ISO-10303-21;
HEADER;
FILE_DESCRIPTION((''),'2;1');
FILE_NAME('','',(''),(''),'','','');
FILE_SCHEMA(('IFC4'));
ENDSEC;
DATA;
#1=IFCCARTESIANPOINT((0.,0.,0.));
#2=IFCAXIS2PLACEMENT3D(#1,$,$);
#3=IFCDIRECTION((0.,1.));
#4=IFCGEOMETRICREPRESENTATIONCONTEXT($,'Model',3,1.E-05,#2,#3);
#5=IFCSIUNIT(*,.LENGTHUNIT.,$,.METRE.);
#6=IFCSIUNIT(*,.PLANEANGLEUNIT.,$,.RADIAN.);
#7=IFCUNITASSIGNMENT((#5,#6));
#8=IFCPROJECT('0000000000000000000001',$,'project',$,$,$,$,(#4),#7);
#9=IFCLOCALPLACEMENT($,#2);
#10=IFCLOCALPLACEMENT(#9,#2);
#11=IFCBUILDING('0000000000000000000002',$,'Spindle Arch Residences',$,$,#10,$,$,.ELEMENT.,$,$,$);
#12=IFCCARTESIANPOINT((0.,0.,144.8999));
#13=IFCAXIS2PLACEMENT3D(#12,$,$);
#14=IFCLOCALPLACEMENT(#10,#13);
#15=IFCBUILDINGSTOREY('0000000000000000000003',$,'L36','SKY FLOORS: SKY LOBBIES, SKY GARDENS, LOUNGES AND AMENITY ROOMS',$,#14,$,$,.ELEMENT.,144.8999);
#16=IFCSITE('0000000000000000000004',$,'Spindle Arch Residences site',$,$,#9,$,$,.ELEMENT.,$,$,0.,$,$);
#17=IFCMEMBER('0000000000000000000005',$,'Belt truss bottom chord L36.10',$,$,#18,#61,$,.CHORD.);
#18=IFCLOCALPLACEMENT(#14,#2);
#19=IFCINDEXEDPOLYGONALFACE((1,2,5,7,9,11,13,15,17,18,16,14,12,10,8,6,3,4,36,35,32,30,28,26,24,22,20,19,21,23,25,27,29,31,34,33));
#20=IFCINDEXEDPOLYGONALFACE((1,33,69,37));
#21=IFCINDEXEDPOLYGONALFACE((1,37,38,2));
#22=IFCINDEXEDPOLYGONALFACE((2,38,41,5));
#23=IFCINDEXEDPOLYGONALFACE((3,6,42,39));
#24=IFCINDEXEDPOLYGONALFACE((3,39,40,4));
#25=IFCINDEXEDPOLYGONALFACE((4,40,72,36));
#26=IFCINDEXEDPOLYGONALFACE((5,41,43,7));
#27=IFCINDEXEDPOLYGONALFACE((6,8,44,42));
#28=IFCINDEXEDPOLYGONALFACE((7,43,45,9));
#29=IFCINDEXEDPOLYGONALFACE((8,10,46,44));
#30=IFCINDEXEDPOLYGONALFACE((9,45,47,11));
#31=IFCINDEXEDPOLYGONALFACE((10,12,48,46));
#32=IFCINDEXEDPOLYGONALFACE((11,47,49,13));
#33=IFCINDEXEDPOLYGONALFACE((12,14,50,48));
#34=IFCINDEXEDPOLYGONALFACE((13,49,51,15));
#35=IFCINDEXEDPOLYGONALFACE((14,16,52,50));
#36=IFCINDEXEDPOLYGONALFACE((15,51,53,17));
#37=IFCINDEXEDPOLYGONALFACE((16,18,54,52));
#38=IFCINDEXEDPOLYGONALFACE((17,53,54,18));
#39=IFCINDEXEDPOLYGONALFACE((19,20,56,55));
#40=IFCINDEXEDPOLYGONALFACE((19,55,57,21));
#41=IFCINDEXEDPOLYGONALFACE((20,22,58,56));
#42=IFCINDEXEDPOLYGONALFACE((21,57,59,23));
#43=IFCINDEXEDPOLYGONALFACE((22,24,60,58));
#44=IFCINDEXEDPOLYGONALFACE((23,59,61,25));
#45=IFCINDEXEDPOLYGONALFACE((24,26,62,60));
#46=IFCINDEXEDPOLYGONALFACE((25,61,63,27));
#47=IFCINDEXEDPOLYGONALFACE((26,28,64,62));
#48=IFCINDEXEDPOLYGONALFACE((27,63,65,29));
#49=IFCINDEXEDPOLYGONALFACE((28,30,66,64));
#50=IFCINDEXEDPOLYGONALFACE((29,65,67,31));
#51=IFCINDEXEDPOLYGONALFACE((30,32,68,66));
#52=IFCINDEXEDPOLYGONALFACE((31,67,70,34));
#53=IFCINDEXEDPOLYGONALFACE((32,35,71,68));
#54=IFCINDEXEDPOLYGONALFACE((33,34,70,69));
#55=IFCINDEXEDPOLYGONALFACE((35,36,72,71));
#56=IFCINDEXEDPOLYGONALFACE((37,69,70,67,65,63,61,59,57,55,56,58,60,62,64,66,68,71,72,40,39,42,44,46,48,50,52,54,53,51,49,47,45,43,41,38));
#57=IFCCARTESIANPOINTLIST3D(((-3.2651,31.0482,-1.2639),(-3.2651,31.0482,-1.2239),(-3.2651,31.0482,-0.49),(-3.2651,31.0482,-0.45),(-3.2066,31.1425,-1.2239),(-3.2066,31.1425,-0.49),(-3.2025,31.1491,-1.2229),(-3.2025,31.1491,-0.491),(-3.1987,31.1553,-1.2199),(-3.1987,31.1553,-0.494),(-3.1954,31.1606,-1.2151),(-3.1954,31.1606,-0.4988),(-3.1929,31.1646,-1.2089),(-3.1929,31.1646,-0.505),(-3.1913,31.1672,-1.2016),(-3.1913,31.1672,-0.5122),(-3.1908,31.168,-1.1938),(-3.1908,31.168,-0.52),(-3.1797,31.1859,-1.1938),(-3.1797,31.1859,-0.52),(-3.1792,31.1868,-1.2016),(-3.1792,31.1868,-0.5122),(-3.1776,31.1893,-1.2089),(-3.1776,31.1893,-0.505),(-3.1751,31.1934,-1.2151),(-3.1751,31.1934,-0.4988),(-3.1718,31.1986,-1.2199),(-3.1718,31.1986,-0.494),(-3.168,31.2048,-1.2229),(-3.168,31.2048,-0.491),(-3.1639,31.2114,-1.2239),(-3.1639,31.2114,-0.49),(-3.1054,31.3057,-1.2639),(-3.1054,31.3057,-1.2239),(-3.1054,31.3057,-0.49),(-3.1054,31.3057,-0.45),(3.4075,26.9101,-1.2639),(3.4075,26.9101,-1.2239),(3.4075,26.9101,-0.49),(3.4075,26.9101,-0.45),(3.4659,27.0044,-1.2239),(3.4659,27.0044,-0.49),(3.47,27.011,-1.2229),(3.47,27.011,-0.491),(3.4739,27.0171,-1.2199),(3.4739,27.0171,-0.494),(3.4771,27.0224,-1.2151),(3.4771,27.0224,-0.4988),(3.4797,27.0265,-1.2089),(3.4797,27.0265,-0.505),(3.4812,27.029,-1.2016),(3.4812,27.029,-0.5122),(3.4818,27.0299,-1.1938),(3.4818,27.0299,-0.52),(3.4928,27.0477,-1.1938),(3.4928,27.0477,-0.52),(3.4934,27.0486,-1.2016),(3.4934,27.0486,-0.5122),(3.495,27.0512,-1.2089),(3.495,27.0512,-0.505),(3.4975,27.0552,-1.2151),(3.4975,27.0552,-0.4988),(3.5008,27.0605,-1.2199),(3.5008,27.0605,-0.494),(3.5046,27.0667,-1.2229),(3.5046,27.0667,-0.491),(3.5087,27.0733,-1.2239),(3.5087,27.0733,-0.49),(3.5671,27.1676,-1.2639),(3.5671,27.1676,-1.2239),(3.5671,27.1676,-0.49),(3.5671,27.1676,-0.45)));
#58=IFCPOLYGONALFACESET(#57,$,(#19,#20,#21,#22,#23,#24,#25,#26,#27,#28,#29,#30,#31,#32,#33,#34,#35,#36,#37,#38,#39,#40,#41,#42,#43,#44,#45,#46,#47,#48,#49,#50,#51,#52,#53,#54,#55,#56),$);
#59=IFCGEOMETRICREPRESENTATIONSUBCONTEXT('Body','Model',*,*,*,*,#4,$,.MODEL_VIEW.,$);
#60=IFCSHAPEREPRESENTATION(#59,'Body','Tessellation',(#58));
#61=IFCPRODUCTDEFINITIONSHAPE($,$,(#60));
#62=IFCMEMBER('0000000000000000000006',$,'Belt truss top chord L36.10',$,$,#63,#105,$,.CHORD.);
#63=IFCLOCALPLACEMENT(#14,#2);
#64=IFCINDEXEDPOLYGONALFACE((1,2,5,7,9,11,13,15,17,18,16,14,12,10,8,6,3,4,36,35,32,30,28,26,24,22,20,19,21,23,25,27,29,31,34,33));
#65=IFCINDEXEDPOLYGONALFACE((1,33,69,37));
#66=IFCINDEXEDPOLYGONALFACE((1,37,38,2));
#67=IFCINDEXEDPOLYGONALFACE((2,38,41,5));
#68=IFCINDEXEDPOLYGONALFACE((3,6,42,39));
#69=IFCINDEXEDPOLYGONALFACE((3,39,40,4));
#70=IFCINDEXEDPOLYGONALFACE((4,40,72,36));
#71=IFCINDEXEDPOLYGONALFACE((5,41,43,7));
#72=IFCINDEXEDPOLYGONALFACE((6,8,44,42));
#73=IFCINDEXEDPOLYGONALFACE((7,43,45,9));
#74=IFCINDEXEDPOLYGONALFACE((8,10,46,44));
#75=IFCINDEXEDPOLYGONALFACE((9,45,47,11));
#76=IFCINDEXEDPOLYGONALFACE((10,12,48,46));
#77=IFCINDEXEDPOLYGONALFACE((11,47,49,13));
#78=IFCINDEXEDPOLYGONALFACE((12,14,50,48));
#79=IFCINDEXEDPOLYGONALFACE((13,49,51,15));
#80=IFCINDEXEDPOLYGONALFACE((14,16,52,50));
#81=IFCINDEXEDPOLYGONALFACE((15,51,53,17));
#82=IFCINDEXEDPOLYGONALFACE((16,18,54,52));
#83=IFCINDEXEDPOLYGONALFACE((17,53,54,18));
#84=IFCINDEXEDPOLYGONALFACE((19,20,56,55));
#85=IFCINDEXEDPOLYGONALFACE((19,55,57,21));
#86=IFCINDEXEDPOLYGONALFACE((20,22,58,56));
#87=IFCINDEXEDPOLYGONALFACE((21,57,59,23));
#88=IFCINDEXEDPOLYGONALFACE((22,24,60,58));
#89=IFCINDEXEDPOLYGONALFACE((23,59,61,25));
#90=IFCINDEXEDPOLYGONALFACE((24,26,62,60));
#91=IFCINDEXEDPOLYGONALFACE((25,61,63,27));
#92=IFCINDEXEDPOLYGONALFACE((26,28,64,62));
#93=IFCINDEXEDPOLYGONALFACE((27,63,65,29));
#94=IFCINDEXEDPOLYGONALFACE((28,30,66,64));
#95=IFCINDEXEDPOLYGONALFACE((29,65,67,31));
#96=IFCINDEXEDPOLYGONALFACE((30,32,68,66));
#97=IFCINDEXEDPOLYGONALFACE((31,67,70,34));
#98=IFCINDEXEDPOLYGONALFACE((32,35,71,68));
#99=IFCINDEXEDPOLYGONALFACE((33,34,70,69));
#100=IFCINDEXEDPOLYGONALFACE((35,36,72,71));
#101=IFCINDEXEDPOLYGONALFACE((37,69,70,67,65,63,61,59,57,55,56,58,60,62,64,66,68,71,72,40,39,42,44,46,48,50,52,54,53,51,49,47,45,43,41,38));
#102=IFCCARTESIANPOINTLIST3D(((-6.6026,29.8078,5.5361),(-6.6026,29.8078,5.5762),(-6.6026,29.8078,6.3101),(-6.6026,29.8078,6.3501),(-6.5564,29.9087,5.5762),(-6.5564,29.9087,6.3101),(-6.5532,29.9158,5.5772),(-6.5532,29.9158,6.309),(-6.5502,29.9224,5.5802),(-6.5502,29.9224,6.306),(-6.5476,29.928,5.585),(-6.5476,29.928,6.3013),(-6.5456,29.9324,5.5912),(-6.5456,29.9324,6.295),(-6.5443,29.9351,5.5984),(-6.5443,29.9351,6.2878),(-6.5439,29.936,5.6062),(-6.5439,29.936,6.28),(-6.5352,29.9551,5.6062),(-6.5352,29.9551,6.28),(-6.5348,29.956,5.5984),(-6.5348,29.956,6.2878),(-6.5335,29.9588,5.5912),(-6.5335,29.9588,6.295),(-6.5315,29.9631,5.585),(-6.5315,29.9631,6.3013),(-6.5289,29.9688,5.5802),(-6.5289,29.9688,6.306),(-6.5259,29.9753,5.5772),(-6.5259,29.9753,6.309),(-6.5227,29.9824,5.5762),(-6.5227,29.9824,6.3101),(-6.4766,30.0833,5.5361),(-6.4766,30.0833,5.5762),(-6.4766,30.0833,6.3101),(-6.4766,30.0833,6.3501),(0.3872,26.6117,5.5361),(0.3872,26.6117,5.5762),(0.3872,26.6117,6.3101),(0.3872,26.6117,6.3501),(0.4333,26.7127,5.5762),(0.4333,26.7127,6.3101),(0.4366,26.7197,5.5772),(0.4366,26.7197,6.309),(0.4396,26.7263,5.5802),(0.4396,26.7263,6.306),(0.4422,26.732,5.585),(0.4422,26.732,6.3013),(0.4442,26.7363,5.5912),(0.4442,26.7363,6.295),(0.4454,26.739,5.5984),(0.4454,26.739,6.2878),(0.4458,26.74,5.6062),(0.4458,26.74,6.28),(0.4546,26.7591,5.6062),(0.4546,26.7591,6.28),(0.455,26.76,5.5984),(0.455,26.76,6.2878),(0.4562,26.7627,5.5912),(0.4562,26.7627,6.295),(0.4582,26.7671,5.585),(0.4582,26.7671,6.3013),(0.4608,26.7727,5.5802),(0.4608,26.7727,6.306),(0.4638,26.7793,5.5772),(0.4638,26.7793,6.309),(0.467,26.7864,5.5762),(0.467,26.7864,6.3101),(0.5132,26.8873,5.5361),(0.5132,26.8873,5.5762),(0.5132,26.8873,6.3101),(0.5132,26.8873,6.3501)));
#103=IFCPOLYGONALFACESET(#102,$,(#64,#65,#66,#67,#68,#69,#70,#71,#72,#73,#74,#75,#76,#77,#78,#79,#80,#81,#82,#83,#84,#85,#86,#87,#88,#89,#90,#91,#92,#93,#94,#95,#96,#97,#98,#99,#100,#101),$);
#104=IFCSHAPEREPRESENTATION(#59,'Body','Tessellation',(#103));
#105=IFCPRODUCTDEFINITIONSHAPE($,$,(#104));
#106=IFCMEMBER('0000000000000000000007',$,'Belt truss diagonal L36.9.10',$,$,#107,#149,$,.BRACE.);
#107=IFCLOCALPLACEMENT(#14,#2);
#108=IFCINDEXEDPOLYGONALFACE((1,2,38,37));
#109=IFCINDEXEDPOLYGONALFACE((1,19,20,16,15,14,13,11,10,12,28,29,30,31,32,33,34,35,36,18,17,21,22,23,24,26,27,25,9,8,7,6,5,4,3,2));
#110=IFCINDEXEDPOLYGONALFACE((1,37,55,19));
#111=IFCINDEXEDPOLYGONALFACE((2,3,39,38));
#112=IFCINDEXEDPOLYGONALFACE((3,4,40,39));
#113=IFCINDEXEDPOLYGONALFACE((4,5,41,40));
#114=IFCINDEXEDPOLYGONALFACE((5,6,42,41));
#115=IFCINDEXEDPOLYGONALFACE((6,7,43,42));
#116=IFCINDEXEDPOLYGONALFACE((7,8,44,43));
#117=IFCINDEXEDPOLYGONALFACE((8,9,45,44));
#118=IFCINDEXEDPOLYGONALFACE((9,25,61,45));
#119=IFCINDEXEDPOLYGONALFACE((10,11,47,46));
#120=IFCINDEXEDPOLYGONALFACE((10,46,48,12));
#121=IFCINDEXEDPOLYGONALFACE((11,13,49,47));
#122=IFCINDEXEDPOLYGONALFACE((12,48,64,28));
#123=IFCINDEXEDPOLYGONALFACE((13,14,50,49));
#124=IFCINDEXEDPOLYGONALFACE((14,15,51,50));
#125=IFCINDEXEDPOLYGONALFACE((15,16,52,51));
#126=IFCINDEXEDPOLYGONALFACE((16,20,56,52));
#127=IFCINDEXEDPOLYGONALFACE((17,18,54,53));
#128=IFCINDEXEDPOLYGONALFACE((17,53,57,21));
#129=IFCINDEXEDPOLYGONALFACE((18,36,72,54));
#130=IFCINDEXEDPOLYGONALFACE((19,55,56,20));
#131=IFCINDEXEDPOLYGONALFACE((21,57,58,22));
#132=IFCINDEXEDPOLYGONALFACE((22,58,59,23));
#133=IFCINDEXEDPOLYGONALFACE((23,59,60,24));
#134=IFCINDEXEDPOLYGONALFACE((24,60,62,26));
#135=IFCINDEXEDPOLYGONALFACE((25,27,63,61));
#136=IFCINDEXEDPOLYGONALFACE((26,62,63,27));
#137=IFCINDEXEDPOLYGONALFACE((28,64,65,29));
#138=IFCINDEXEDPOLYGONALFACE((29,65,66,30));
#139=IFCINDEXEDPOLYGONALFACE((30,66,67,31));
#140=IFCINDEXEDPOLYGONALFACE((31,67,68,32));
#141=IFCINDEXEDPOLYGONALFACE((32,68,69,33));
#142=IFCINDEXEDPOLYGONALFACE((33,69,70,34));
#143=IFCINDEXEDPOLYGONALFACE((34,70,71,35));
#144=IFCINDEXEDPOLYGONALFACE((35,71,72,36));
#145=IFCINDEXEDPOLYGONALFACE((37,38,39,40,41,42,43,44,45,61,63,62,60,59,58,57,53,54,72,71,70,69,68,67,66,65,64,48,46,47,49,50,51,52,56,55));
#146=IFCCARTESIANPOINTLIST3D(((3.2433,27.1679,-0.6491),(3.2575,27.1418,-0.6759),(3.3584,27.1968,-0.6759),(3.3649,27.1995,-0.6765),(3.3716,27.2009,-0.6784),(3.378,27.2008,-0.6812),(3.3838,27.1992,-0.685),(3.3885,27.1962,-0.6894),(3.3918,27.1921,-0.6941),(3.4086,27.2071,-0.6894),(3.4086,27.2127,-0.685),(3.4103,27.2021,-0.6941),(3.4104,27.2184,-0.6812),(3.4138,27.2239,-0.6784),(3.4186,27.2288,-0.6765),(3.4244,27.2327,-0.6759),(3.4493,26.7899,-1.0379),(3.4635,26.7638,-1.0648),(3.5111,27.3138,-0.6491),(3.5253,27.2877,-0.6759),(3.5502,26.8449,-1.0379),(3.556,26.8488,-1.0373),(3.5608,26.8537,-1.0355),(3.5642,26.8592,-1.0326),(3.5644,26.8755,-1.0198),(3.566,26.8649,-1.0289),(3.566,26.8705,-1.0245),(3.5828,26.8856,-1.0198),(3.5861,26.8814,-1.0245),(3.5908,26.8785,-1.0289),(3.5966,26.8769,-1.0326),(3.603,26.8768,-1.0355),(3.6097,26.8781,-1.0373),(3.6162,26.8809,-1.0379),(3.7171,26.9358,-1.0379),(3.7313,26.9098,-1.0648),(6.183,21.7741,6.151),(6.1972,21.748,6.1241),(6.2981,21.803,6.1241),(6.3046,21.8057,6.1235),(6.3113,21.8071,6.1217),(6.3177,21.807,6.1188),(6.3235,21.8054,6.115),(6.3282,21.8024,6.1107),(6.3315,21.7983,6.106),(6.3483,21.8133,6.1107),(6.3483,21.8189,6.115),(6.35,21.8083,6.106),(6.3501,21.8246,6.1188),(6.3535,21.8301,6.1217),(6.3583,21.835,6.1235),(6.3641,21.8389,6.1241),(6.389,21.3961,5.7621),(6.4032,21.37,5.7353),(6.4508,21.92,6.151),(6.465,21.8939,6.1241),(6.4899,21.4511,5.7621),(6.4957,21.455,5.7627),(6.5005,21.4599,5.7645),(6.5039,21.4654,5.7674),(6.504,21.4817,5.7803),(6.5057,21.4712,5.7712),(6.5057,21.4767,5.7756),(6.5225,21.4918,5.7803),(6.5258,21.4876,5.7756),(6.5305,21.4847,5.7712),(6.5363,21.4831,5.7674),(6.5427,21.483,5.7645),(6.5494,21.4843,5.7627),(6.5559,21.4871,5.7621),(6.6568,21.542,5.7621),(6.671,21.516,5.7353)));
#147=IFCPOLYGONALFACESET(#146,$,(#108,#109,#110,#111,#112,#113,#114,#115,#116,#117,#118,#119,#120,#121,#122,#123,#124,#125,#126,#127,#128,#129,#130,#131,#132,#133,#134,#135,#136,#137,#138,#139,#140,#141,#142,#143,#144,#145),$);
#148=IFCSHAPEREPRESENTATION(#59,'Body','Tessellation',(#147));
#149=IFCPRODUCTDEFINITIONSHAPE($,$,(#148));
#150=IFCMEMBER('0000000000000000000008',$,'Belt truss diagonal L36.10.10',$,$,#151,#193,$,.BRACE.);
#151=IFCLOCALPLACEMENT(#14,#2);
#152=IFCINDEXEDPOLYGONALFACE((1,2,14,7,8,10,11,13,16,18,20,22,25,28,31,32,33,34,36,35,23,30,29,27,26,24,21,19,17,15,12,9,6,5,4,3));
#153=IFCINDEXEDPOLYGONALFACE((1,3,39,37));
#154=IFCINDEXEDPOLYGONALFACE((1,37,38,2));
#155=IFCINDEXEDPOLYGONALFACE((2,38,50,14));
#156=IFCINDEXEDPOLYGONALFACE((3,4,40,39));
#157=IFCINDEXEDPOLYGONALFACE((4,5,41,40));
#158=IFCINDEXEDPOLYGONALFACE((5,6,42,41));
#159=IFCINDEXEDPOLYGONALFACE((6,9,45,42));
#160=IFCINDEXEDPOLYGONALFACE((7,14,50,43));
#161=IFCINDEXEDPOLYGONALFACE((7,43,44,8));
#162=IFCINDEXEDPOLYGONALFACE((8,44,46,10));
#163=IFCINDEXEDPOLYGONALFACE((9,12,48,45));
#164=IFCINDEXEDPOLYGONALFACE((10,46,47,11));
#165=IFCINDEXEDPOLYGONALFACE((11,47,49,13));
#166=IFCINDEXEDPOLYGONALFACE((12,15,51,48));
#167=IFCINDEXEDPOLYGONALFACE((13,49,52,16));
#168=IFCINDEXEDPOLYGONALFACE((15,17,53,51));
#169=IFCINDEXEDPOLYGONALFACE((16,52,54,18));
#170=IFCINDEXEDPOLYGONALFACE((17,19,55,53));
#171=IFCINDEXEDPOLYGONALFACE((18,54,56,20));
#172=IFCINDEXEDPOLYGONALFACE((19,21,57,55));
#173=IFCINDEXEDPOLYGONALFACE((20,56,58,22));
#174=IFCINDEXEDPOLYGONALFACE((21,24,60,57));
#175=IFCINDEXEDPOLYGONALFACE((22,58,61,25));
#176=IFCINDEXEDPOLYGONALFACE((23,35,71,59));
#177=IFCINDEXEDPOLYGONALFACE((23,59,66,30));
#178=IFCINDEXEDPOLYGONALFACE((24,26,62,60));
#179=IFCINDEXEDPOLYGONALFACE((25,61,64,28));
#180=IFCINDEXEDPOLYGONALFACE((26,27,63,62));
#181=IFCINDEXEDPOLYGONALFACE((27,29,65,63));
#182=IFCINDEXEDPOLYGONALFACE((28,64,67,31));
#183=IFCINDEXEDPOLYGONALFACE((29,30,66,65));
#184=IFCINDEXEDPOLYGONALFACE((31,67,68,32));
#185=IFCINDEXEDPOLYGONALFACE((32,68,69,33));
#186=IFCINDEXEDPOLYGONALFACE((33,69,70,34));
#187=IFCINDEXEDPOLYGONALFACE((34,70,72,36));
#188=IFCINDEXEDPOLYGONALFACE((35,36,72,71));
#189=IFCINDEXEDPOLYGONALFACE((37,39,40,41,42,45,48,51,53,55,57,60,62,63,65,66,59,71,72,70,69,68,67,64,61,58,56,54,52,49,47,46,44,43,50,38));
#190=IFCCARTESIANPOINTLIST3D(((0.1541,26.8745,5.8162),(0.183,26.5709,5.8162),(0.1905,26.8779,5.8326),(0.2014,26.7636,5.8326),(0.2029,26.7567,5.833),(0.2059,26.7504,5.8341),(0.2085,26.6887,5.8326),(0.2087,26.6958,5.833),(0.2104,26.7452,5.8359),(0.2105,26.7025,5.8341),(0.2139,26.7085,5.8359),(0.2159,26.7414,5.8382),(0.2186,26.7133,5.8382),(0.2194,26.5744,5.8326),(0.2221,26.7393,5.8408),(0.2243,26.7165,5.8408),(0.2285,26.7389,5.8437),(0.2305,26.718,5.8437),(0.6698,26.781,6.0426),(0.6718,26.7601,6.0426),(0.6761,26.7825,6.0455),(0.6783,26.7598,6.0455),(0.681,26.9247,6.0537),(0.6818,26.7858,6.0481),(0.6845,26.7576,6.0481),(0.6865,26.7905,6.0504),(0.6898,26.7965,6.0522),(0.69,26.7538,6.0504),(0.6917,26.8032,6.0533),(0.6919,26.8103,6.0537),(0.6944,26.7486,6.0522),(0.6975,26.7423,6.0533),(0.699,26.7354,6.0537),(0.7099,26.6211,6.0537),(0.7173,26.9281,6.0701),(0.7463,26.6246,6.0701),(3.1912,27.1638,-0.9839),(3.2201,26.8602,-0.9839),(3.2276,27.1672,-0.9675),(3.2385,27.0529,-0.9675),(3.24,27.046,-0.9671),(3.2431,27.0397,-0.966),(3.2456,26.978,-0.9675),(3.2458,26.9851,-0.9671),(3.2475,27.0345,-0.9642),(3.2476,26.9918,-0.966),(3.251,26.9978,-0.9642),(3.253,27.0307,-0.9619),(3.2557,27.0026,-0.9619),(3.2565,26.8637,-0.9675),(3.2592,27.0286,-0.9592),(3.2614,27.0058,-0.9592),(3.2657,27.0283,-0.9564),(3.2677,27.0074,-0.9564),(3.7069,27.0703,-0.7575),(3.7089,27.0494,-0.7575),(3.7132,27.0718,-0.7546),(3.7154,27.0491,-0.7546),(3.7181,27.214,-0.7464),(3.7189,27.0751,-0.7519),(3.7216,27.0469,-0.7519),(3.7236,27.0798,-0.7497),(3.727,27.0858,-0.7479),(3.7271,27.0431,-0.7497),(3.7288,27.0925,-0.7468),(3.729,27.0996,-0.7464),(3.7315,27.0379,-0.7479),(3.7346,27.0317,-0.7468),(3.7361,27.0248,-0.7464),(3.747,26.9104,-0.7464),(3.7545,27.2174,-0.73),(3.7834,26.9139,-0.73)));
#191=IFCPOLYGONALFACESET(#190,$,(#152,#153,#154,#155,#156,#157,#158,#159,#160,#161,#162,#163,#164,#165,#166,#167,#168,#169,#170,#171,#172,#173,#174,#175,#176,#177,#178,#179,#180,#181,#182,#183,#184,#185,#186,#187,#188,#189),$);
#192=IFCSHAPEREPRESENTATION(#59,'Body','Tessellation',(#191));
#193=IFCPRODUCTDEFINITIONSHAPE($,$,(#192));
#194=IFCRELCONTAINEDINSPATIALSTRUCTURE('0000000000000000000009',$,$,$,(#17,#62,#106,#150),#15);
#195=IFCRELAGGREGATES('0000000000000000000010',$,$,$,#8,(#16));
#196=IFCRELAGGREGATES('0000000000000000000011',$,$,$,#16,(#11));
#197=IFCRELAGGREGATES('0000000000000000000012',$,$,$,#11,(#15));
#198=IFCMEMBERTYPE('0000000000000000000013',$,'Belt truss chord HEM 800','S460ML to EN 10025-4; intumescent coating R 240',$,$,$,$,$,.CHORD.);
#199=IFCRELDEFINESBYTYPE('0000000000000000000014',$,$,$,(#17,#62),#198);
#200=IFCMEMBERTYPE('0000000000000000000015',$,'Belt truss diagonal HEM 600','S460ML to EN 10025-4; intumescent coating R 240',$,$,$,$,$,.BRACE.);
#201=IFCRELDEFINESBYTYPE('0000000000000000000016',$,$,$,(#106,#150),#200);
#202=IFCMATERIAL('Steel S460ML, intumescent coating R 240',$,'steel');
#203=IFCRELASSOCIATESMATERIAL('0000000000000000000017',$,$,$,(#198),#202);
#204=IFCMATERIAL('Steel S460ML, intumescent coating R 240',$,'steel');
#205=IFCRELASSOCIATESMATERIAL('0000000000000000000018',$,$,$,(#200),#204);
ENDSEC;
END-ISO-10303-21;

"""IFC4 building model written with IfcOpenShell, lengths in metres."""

from ifc_helpers import new_model, si_unit, direction, frame, origin, origin_2d, place, context, subcontext, project, spatial, i_section, extrude, material, material_profile, profile_set, type_object, element, save


model = new_model("IFC4")

# Units and contexts
model_context = context("Model", 3, precision=1e-05, world=origin(), true_north=direction((0.0, 1.0)))
body_context = subcontext(model_context, "Body", "Model", "MODEL_VIEW")
ifc_project = project(units=[si_unit("LENGTHUNIT", "METRE"), si_unit("PLANEANGLEUNIT", "RADIAN")], contexts=[model_context])

# Site, building, storey
site_placement = place(None, origin())
site = spatial("IfcSite", under=ifc_project, at=site_placement, Name="Spindle Arch Residences site", CompositionType="ELEMENT", RefElevation=0.0)
building_placement = place(site_placement, origin())
building = spatial("IfcBuilding", under=site, at=building_placement, Name="Spindle Arch Residences", CompositionType="ELEMENT")
storey_placement = place(building_placement, frame((0.0, 0.0, 144.8999)))
storey = spatial("IfcBuildingStorey", under=building, at=storey_placement, Name="L36", Description="SKY FLOORS: SKY LOBBIES, SKY GARDENS, LOUNGES AND AMENITY ROOMS", CompositionType="ELEMENT", Elevation=144.8999)

# Members
ifc_material_1 = material(Name="Steel S460ML, intumescent coating R 240", Category="steel")
ifc_material_profile_1 = material_profile(ifc_material_1, i_section(OverallWidth=0.303, OverallDepth=0.814, WebThickness=0.021, FlangeThickness=0.04, FilletRadius=0.03, at=origin_2d()), Name="HEM 800")
ifc_profile_set_1 = profile_set([ifc_material_profile_1], Name="Steel S460ML, intumescent coating R 240")
member_type_1 = type_object("IfcMemberType", Name="Belt truss chord HEM 800", Description="S460ML to EN 10025-4; intumescent coating R 240", PredefinedType="CHORD", material=ifc_profile_set_1)
member_1_placement = place(storey_placement, frame((3.4873, 27.0388, -0.8569), z_axis=(-0.849836, 0.527047, 0.0), x_axis=(-0.527047, -0.849836, 0.0)))
element("IfcMember", 1, at=member_1_placement, inside=storey, type_object=member_type_1, Name="Belt truss bottom chord L36.10", PredefinedType="CHORD", context=body_context, shape_type="SweptSolid", body=[
    extrude(i_section(OverallWidth=0.303, OverallDepth=0.814, WebThickness=0.021, FlangeThickness=0.04, FilletRadius=0.03, at=origin_2d()), origin(), (0.0, 0.0, 1.0), 7.8516),
])
member_2_placement = place(storey_placement, frame((0.4502, 26.7495, 5.9431), z_axis=(-0.909438, 0.415839, 0.0), x_axis=(-0.415839, -0.909438, 0.0)))
element("IfcMember", 2, at=member_2_placement, inside=storey, type_object=member_type_1, Name="Belt truss top chord L36.10", PredefinedType="CHORD", context=body_context, shape_type="SweptSolid", body=[
    extrude(i_section(OverallWidth=0.303, OverallDepth=0.814, WebThickness=0.021, FlangeThickness=0.04, FilletRadius=0.03, at=origin_2d()), origin(), (0.0, 0.0, 1.0), 7.6858),
])
ifc_material_2 = material(Name="Steel S460ML, intumescent coating R 240", Category="steel")
ifc_material_profile_2 = material_profile(ifc_material_2, i_section(OverallWidth=0.3049, OverallDepth=0.6201, WebThickness=0.021, FlangeThickness=0.04, FilletRadius=0.0271, at=origin_2d()), Name="HEM 600")
ifc_profile_set_2 = profile_set([ifc_material_profile_2], Name="Steel S460ML, intumescent coating R 240")
member_type_2 = type_object("IfcMemberType", Name="Belt truss diagonal HEM 600", Description="S460ML to EN 10025-4; intumescent coating R 240", PredefinedType="BRACE", material=ifc_profile_set_2)
member_3_placement = place(storey_placement, frame((3.4873, 27.0388, -0.8569), z_axis=(0.320794, -0.588597, 0.742054), x_axis=(0.878058, 0.478554, 0.0)))
element("IfcMember", 3, at=member_3_placement, inside=storey, type_object=member_type_2, Name="Belt truss diagonal L36.9.10", PredefinedType="BRACE", context=body_context, shape_type="SweptSolid", body=[
    extrude(i_section(OverallWidth=0.3049, OverallDepth=0.6201, WebThickness=0.021, FlangeThickness=0.04, FilletRadius=0.0271, at=origin_2d()), origin(), (0.0, 0.0, 1.0), 9.1638),
])
member_4_placement = place(storey_placement, frame((3.4873, 27.0388, -0.8569), z_axis=(-0.407497, -0.038817, 0.912381), x_axis=(0.094828, -0.995494, 0.0)))
element("IfcMember", 4, at=member_4_placement, inside=storey, type_object=member_type_2, Name="Belt truss diagonal L36.10.10", PredefinedType="BRACE", context=body_context, shape_type="SweptSolid", body=[
    extrude(i_section(OverallWidth=0.3049, OverallDepth=0.6201, WebThickness=0.021, FlangeThickness=0.04, FilletRadius=0.0271, at=origin_2d()), origin(), (0.0, 0.0, 1.0), 7.4531),
])

save(model, "model.ifc")
